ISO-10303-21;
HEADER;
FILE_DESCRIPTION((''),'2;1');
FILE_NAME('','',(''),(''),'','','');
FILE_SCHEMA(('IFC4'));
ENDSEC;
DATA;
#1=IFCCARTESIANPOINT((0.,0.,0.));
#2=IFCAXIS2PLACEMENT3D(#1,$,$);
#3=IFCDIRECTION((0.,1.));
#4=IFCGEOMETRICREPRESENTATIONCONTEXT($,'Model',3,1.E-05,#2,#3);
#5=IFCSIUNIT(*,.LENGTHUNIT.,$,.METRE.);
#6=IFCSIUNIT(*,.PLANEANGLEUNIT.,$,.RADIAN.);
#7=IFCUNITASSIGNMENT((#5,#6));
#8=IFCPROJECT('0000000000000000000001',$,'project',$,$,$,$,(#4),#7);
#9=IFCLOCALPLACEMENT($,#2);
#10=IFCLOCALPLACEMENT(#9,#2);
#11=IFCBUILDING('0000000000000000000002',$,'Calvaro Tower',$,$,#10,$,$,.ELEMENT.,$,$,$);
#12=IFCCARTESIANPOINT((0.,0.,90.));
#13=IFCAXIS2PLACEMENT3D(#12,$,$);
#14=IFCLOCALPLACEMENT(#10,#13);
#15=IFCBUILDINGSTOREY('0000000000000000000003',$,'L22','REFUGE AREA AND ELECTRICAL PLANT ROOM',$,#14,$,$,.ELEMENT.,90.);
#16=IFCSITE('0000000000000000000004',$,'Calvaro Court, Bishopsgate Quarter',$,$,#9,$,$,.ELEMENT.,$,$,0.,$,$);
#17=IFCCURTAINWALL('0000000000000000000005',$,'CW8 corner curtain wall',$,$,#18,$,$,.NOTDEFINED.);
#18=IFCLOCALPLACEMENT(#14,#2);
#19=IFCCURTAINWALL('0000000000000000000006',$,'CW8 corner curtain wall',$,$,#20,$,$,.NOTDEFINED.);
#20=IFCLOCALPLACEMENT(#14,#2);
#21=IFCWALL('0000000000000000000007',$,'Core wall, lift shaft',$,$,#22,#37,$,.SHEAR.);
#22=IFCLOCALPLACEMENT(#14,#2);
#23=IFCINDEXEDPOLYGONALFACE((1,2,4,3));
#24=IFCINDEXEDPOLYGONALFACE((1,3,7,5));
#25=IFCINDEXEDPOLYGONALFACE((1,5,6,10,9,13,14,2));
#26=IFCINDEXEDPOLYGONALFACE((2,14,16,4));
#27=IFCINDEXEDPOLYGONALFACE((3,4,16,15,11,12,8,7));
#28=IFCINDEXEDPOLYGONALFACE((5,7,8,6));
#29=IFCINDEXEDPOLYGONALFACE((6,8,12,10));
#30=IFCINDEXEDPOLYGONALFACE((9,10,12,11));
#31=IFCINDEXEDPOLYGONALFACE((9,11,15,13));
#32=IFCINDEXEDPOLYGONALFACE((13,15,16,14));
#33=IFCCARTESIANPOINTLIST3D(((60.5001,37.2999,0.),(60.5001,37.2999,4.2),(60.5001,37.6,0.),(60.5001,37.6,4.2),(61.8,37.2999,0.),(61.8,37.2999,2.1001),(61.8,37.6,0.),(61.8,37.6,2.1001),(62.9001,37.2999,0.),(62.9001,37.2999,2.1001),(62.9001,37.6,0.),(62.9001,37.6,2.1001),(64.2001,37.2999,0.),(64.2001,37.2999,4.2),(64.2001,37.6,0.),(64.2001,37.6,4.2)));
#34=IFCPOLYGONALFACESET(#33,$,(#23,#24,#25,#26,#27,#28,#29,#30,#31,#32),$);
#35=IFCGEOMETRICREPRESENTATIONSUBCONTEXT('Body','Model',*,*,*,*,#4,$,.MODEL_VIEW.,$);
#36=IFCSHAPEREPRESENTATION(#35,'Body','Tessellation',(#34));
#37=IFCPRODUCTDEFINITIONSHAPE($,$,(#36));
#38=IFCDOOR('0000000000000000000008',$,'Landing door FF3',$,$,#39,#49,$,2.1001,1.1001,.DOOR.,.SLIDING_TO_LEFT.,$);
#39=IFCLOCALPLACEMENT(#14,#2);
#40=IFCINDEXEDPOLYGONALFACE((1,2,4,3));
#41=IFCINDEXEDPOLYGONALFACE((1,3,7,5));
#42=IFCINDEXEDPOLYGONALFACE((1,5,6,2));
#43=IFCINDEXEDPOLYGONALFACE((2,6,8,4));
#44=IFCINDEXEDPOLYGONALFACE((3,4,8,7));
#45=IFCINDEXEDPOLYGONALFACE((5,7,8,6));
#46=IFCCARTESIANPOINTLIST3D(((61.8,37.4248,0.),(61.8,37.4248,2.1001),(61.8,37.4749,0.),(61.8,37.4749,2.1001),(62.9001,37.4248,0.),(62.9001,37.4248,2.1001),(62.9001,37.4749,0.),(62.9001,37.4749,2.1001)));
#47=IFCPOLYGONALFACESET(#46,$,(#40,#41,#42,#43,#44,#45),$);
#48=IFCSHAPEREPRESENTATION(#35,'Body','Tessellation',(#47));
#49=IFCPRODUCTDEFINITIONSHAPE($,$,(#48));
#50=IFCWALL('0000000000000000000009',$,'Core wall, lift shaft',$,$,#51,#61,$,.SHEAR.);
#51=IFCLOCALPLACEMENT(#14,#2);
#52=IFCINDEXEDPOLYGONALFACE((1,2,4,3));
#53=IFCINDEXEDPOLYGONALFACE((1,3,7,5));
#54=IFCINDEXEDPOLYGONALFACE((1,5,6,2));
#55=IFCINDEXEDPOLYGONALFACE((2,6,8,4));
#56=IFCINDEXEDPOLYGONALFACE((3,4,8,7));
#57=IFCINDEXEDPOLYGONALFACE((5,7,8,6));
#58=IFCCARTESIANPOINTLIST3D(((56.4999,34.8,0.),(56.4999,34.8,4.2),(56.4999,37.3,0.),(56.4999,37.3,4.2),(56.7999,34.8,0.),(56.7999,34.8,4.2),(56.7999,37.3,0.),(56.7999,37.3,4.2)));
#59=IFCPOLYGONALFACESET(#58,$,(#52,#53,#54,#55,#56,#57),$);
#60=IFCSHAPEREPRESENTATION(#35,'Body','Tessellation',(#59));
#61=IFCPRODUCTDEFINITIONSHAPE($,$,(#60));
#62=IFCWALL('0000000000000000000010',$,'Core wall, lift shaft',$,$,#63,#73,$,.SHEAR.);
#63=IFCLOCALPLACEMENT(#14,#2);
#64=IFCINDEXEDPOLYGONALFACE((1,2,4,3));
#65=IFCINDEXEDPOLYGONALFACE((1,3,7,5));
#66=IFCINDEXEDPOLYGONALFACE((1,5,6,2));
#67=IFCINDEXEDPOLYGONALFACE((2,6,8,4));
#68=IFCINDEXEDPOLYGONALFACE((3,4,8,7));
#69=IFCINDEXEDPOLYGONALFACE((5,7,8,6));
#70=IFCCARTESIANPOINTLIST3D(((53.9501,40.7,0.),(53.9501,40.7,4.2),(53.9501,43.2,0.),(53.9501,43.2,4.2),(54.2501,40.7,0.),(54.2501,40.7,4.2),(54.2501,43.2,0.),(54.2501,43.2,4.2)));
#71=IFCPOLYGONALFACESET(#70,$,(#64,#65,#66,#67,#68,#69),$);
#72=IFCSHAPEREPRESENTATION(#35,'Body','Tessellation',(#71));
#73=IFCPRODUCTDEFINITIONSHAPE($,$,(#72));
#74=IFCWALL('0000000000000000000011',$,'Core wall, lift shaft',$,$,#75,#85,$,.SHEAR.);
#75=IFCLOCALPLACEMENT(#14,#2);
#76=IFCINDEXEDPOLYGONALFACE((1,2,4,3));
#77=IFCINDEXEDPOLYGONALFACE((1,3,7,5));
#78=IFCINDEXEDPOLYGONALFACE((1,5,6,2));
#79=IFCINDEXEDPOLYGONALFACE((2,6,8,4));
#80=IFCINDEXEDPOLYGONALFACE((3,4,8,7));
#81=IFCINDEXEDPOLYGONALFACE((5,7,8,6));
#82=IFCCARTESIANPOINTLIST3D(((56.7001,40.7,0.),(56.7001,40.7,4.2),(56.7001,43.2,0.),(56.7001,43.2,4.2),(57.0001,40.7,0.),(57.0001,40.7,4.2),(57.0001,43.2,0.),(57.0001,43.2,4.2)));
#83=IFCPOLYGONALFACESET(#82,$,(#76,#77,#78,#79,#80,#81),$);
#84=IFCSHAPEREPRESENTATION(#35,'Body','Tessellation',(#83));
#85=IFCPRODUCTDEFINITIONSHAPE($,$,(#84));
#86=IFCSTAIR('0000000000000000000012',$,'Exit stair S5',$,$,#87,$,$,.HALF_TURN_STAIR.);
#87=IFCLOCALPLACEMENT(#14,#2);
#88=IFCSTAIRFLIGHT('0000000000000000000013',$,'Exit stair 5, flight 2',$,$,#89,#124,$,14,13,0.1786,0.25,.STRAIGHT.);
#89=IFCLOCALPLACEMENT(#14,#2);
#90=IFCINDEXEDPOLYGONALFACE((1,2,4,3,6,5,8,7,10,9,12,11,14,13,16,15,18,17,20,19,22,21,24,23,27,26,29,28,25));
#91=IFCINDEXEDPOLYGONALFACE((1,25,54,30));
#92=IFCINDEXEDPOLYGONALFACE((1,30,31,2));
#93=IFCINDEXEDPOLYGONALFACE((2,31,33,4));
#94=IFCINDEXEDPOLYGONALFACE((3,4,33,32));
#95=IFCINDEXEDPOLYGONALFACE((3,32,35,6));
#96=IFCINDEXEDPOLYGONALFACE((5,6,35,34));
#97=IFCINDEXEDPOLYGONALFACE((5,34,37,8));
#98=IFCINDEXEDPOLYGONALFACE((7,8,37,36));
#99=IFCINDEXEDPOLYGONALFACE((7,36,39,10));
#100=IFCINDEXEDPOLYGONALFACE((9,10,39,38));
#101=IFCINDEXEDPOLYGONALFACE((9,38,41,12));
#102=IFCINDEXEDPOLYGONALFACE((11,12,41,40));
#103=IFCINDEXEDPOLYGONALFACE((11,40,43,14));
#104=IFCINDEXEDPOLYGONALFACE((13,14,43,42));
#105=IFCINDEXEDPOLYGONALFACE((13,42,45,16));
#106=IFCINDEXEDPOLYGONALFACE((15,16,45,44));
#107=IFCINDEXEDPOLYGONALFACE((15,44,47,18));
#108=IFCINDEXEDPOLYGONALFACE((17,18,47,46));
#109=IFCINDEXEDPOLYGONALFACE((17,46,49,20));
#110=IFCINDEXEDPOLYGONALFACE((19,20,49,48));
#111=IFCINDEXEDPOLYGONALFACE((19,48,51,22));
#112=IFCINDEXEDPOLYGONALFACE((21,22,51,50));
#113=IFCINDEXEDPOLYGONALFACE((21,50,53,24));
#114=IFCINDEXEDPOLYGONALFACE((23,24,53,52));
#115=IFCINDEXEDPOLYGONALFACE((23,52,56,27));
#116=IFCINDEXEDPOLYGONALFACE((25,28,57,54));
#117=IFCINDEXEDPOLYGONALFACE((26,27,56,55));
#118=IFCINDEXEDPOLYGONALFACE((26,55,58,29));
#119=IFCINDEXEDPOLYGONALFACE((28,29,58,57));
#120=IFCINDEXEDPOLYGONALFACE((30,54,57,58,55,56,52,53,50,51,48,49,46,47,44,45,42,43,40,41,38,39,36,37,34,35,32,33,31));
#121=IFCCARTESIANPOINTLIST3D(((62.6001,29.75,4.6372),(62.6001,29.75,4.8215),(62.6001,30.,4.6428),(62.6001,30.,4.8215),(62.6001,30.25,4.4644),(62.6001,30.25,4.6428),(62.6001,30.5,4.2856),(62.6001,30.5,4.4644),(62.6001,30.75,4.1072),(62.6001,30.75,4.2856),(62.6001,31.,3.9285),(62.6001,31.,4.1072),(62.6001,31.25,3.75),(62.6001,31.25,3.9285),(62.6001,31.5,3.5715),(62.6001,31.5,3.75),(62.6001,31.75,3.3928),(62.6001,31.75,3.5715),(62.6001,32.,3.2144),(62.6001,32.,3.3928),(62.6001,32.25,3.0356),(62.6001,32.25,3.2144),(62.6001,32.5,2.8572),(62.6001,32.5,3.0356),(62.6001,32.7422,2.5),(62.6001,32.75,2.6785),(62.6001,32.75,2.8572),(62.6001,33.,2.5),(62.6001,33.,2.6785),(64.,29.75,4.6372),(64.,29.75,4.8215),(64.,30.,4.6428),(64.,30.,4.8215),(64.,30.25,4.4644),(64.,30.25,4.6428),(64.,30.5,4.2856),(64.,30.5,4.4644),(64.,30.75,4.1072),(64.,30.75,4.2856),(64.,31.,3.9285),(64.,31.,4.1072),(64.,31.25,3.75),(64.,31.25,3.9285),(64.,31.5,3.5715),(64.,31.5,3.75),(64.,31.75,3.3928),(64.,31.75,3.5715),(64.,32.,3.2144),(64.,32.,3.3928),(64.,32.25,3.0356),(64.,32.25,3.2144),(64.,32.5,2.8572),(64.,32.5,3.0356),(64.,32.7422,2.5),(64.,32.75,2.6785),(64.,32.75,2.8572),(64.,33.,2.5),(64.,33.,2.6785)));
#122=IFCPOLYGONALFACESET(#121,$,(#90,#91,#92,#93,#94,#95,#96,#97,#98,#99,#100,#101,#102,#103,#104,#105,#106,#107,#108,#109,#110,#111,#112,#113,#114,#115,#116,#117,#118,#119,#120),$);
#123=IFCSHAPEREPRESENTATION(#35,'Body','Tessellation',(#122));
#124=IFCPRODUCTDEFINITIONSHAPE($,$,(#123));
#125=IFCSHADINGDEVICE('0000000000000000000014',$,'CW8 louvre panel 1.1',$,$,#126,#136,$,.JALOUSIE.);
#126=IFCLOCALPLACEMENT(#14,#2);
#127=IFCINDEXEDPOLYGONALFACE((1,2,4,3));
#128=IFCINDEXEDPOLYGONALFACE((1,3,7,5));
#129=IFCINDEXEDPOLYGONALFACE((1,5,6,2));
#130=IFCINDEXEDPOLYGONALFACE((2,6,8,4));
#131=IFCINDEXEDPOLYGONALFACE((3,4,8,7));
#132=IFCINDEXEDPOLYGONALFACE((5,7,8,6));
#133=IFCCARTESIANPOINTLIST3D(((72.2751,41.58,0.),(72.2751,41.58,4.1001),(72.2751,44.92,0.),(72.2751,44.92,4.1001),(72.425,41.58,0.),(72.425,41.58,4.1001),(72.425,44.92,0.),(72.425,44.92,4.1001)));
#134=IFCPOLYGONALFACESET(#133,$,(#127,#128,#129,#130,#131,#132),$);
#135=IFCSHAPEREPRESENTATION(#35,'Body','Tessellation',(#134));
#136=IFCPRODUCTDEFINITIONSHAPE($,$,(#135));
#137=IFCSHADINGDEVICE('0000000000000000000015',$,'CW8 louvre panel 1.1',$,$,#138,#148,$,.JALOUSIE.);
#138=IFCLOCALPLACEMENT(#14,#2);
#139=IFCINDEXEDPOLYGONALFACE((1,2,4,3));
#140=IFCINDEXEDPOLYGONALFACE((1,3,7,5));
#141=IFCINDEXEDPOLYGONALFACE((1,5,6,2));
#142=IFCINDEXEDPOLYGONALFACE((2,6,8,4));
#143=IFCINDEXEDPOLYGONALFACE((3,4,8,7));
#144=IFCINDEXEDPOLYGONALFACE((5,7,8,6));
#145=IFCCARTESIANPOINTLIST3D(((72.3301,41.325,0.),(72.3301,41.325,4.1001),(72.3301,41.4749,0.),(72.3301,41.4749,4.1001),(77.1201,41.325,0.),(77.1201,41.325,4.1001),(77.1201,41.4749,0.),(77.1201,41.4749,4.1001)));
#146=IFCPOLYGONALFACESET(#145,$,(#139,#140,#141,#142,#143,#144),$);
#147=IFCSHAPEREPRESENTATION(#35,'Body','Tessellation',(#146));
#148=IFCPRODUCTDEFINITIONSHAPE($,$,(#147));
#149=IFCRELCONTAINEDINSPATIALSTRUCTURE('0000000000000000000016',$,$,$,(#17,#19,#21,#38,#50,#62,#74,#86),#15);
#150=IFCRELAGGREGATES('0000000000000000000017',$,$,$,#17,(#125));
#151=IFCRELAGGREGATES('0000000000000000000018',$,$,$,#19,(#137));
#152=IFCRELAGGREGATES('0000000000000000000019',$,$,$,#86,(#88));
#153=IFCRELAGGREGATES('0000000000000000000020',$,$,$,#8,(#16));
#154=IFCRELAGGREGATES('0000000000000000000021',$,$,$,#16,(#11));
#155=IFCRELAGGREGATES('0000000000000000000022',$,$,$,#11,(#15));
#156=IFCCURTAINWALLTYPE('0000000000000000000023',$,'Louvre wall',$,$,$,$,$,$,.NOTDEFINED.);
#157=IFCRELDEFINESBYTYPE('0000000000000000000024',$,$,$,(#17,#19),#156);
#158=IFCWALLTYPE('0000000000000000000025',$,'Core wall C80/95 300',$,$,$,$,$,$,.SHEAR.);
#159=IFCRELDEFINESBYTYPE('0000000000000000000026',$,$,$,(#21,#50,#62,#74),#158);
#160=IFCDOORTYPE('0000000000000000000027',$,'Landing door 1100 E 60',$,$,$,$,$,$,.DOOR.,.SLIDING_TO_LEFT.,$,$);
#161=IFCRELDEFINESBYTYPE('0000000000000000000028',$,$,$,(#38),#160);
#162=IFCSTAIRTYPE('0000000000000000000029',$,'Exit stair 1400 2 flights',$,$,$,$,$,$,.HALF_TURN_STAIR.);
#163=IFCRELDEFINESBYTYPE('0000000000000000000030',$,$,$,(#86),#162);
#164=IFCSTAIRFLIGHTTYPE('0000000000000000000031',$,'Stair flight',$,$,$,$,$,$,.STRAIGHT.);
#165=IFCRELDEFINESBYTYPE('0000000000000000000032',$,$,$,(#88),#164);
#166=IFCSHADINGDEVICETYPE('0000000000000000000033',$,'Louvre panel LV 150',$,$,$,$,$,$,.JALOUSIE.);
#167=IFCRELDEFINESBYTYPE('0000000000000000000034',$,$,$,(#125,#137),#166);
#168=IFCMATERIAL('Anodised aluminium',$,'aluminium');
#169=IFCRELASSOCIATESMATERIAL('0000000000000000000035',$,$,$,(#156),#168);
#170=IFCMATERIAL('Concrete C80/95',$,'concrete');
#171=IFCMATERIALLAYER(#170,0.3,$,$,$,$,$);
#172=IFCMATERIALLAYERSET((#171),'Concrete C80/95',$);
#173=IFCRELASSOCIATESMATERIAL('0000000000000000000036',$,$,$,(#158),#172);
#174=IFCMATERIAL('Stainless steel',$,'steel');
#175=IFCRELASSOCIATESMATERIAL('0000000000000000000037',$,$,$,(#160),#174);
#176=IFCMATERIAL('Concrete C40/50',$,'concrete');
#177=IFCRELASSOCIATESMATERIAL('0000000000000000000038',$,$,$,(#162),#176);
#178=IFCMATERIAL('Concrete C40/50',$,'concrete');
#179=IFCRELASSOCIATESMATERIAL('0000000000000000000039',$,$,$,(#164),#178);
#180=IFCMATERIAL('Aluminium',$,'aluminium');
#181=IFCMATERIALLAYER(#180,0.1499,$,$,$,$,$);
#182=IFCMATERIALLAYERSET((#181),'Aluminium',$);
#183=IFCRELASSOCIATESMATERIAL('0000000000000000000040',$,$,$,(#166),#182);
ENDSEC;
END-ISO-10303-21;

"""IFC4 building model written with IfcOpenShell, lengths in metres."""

from ifc_helpers import new_model, si_unit, direction, frame, frame_2d, origin, origin_2d, place, context, subcontext, project, spatial, polyline, rectangle, outline, extrude, material, layer, layer_set, type_object, element, fill, aggregate, save


model = new_model("IFC4")

# Units and contexts
model_context = context("Model", 3, precision=1e-05, world=origin(), true_north=direction((0.0, 1.0)))
body_context = subcontext(model_context, "Body", "Model", "MODEL_VIEW")
ifc_project = project(units=[si_unit("LENGTHUNIT", "METRE"), si_unit("PLANEANGLEUNIT", "RADIAN")], contexts=[model_context])

# Site, building, storey
site_placement = place(None, origin())
site = spatial("IfcSite", under=ifc_project, at=site_placement, Name="Calvaro Court, Bishopsgate Quarter", CompositionType="ELEMENT", RefElevation=0.0)
building_placement = place(site_placement, origin())
building = spatial("IfcBuilding", under=site, at=building_placement, Name="Calvaro Tower", CompositionType="ELEMENT")
storey_placement = place(building_placement, frame((0.0, 0.0, 90.0)))
storey = spatial("IfcBuildingStorey", under=building, at=storey_placement, Name="L22", Description="REFUGE AREA AND ELECTRICAL PLANT ROOM", CompositionType="ELEMENT", Elevation=90.0)

# Curtain walls
ifc_material_1 = material(Name="Anodised aluminium", Category="aluminium")
curtain_wall_type = type_object("IfcCurtainWallType", Name="Louvre wall", PredefinedType="NOTDEFINED", material=ifc_material_1)
curtain_wall_1_placement = place(storey_placement, origin())
curtain_wall_1 = element("IfcCurtainWall", 1, at=curtain_wall_1_placement, inside=storey, type_object=curtain_wall_type, Name="CW8 corner curtain wall", PredefinedType="NOTDEFINED")
curtain_wall_2_placement = place(storey_placement, origin())
curtain_wall_2 = element("IfcCurtainWall", 2, at=curtain_wall_2_placement, inside=storey, type_object=curtain_wall_type, Name="CW8 corner curtain wall", PredefinedType="NOTDEFINED")

# Shared definitions
ifc_material_2 = material(Name="Concrete C80/95", Category="concrete")
ifc_layer_1 = layer(ifc_material_2, 0.3)
ifc_layer_set_1 = layer_set([ifc_layer_1], Name="Concrete C80/95")
wall_type_1 = type_object("IfcWallType", Name="Core wall C80/95 300", PredefinedType="SHEAR", material=ifc_layer_set_1)

# Wall, opening, door
wall_1_placement = place(storey_placement, frame((60.5, 37.45, 0.0), z_axis=(0.0, 0.0, 1.0), x_axis=(1.0, 0.0, 0.0)))
wall_1 = element("IfcWall", 3, at=wall_1_placement, inside=storey, type_object=wall_type_1, Name="Core wall, lift shaft", PredefinedType="SHEAR", context=body_context, shape_type="SweptSolid", body=[
    extrude(rectangle(XDim=3.7, YDim=0.3, at=frame_2d((1.8501, 0.0))), origin(), (0.0, 0.0, 1.0), 4.2),
])
opening_1_placement = place(wall_1_placement, frame((1.3, 0.0, 0.0)))
opening_1 = element("IfcOpeningElement", 4, at=opening_1_placement, cuts=wall_1, PredefinedType="OPENING", context=body_context, shape_type="SweptSolid", body=[
    extrude(rectangle(XDim=1.1001, YDim=2.1001, at=frame_2d((0.55, 1.05))), frame((0.0, 0.1599, 0.0), z_axis=(0.0, -1.0, 0.0), x_axis=(1.0, 0.0, 0.0)), (0.0, 0.0, 1.0), 0.3201),
])
ifc_material_3 = material(Name="Stainless steel", Category="steel")
door_type_1 = type_object("IfcDoorType", Name="Landing door 1100 E 60", OperationType="SLIDING_TO_LEFT", PredefinedType="DOOR", material=ifc_material_3)
door_1_placement = place(opening_1_placement, origin())
door_1 = element("IfcDoor", 5, at=door_1_placement, inside=storey, type_object=door_type_1, Name="Landing door FF3", OperationType="SLIDING_TO_LEFT", OverallHeight=2.1001, OverallWidth=1.1001, PredefinedType="DOOR", context=body_context, shape_type="SweptSolid", body=[
    extrude(rectangle(XDim=1.1001, YDim=2.1001, at=frame_2d((0.55, 1.05))), frame((0.0, 0.0249, 0.0), z_axis=(0.0, -1.0, 0.0), x_axis=(1.0, 0.0, 0.0)), (0.0, 0.0, 1.0), 0.05),
])
fill(opening_1, door_1)

# Walls
for number, where, z_axis, x_axis, name in (
    (6, (56.6499, 34.8, 0.0), (0.0, 0.0, 1.0), (0.0, 1.0, 0.0), "Core wall, lift shaft"),
    (7, (54.1001, 40.7, 0.0), (0.0, 0.0, 1.0), (0.0, 1.0, 0.0), "Core wall, lift shaft"),
    (8, (56.8501, 40.7, 0.0), (0.0, 0.0, 1.0), (0.0, 1.0, 0.0), "Core wall, lift shaft"),
):
    element("IfcWall", number, at=place(storey_placement, frame(where, z_axis=z_axis, x_axis=x_axis)), inside=storey, type_object=wall_type_1, Name=name, PredefinedType="SHEAR", context=body_context, shape_type="SweptSolid", body=[
        extrude(rectangle(XDim=2.5, YDim=0.3, at=frame_2d((1.25, 0.0))), origin(), (0.0, 0.0, 1.0), 4.2),
    ])

# Stair, stair flight
ifc_material_4 = material(Name="Concrete C40/50", Category="concrete")
stair_type = type_object("IfcStairType", Name="Exit stair 1400 2 flights", PredefinedType="HALF_TURN_STAIR", material=ifc_material_4)
stair_placement = place(storey_placement, origin())
stair = element("IfcStair", 9, at=stair_placement, inside=storey, type_object=stair_type, Name="Exit stair S5", PredefinedType="HALF_TURN_STAIR")
ifc_material_5 = material(Name="Concrete C40/50", Category="concrete")
stair_flight_type = type_object("IfcStairFlightType", Name="Stair flight", PredefinedType="STRAIGHT", material=ifc_material_5)
stair_flight_placement = place(storey_placement, frame((63.3, 33.0, 2.5), z_axis=(0.0, 0.0, 1.0), x_axis=(0.0, -1.0, 0.0)))
stair_flight = element("IfcStairFlight", 10, at=stair_flight_placement, type_object=stair_flight_type, Name="Exit stair 5, flight 2", NumberOfRisers=14, NumberOfTreads=13, PredefinedType="STRAIGHT", RiserHeight=0.1786, TreadLength=0.25, context=body_context, shape_type="SweptSolid", body=[
    extrude(outline(polyline([(0.0, 0.0), (0.0, 0.1785), (0.25, 0.1785), (0.25, 0.3572), (0.5, 0.3572), (0.5, 0.5356), (0.75, 0.5356), (0.75, 0.7144), (1.0, 0.7144), (1.0, 0.8928), (1.25, 0.8928), (1.25, 1.0715), (1.5, 1.0715), (1.5, 1.25), (1.75, 1.25), (1.75, 1.4285), (2.0, 1.4285), (2.0, 1.6072), (2.25, 1.6072), (2.25, 1.7856), (2.5, 1.7856), (2.5, 1.9644), (2.75, 1.9644), (2.75, 2.1428), (3.0, 2.1428), (3.0, 2.3215), (3.25, 2.3215), (3.25, 2.5), (3.25, 2.1372), (0.2578, 0.0), (0.0, 0.0)])), frame((0.0, 0.7, 0.0), z_axis=(0.0, -1.0, 0.0), x_axis=(1.0, 0.0, 0.0)), (0.0, 0.0, 1.0), 1.3999),
])

# Shading devices
ifc_material_6 = material(Name="Aluminium", Category="aluminium")
ifc_layer_2 = layer(ifc_material_6, 0.1499)
ifc_layer_set_2 = layer_set([ifc_layer_2], Name="Aluminium")
shading_device_type = type_object("IfcShadingDeviceType", Name="Louvre panel LV 150", PredefinedType="JALOUSIE", material=ifc_layer_set_2)
shading_device_1_placement = place(storey_placement, frame((72.3501, 43.25, 0.0), z_axis=(0.0, 0.0, 1.0), x_axis=(0.0, 1.0, 0.0)))
shading_device_1 = element("IfcShadingDevice", 11, at=shading_device_1_placement, type_object=shading_device_type, Name="CW8 louvre panel 1.1", PredefinedType="JALOUSIE", context=body_context, shape_type="SweptSolid", body=[
    extrude(rectangle(XDim=3.3401, YDim=0.1499, at=origin_2d()), origin(), (0.0, 0.0, 1.0), 4.1001),
])
aggregate(curtain_wall_1, [shading_device_1])
shading_device_2_placement = place(storey_placement, frame((74.7251, 41.3999, 0.0), z_axis=(0.0, 0.0, 1.0), x_axis=(1.0, 0.0, 0.0)))
shading_device_2 = element("IfcShadingDevice", 12, at=shading_device_2_placement, type_object=shading_device_type, Name="CW8 louvre panel 1.1", PredefinedType="JALOUSIE", context=body_context, shape_type="SweptSolid", body=[
    extrude(rectangle(XDim=4.79, YDim=0.1499, at=origin_2d()), origin(), (0.0, 0.0, 1.0), 4.1001),
])
aggregate(curtain_wall_2, [shading_device_2])

aggregate(stair, [stair_flight])

save(model, "model.ifc")
